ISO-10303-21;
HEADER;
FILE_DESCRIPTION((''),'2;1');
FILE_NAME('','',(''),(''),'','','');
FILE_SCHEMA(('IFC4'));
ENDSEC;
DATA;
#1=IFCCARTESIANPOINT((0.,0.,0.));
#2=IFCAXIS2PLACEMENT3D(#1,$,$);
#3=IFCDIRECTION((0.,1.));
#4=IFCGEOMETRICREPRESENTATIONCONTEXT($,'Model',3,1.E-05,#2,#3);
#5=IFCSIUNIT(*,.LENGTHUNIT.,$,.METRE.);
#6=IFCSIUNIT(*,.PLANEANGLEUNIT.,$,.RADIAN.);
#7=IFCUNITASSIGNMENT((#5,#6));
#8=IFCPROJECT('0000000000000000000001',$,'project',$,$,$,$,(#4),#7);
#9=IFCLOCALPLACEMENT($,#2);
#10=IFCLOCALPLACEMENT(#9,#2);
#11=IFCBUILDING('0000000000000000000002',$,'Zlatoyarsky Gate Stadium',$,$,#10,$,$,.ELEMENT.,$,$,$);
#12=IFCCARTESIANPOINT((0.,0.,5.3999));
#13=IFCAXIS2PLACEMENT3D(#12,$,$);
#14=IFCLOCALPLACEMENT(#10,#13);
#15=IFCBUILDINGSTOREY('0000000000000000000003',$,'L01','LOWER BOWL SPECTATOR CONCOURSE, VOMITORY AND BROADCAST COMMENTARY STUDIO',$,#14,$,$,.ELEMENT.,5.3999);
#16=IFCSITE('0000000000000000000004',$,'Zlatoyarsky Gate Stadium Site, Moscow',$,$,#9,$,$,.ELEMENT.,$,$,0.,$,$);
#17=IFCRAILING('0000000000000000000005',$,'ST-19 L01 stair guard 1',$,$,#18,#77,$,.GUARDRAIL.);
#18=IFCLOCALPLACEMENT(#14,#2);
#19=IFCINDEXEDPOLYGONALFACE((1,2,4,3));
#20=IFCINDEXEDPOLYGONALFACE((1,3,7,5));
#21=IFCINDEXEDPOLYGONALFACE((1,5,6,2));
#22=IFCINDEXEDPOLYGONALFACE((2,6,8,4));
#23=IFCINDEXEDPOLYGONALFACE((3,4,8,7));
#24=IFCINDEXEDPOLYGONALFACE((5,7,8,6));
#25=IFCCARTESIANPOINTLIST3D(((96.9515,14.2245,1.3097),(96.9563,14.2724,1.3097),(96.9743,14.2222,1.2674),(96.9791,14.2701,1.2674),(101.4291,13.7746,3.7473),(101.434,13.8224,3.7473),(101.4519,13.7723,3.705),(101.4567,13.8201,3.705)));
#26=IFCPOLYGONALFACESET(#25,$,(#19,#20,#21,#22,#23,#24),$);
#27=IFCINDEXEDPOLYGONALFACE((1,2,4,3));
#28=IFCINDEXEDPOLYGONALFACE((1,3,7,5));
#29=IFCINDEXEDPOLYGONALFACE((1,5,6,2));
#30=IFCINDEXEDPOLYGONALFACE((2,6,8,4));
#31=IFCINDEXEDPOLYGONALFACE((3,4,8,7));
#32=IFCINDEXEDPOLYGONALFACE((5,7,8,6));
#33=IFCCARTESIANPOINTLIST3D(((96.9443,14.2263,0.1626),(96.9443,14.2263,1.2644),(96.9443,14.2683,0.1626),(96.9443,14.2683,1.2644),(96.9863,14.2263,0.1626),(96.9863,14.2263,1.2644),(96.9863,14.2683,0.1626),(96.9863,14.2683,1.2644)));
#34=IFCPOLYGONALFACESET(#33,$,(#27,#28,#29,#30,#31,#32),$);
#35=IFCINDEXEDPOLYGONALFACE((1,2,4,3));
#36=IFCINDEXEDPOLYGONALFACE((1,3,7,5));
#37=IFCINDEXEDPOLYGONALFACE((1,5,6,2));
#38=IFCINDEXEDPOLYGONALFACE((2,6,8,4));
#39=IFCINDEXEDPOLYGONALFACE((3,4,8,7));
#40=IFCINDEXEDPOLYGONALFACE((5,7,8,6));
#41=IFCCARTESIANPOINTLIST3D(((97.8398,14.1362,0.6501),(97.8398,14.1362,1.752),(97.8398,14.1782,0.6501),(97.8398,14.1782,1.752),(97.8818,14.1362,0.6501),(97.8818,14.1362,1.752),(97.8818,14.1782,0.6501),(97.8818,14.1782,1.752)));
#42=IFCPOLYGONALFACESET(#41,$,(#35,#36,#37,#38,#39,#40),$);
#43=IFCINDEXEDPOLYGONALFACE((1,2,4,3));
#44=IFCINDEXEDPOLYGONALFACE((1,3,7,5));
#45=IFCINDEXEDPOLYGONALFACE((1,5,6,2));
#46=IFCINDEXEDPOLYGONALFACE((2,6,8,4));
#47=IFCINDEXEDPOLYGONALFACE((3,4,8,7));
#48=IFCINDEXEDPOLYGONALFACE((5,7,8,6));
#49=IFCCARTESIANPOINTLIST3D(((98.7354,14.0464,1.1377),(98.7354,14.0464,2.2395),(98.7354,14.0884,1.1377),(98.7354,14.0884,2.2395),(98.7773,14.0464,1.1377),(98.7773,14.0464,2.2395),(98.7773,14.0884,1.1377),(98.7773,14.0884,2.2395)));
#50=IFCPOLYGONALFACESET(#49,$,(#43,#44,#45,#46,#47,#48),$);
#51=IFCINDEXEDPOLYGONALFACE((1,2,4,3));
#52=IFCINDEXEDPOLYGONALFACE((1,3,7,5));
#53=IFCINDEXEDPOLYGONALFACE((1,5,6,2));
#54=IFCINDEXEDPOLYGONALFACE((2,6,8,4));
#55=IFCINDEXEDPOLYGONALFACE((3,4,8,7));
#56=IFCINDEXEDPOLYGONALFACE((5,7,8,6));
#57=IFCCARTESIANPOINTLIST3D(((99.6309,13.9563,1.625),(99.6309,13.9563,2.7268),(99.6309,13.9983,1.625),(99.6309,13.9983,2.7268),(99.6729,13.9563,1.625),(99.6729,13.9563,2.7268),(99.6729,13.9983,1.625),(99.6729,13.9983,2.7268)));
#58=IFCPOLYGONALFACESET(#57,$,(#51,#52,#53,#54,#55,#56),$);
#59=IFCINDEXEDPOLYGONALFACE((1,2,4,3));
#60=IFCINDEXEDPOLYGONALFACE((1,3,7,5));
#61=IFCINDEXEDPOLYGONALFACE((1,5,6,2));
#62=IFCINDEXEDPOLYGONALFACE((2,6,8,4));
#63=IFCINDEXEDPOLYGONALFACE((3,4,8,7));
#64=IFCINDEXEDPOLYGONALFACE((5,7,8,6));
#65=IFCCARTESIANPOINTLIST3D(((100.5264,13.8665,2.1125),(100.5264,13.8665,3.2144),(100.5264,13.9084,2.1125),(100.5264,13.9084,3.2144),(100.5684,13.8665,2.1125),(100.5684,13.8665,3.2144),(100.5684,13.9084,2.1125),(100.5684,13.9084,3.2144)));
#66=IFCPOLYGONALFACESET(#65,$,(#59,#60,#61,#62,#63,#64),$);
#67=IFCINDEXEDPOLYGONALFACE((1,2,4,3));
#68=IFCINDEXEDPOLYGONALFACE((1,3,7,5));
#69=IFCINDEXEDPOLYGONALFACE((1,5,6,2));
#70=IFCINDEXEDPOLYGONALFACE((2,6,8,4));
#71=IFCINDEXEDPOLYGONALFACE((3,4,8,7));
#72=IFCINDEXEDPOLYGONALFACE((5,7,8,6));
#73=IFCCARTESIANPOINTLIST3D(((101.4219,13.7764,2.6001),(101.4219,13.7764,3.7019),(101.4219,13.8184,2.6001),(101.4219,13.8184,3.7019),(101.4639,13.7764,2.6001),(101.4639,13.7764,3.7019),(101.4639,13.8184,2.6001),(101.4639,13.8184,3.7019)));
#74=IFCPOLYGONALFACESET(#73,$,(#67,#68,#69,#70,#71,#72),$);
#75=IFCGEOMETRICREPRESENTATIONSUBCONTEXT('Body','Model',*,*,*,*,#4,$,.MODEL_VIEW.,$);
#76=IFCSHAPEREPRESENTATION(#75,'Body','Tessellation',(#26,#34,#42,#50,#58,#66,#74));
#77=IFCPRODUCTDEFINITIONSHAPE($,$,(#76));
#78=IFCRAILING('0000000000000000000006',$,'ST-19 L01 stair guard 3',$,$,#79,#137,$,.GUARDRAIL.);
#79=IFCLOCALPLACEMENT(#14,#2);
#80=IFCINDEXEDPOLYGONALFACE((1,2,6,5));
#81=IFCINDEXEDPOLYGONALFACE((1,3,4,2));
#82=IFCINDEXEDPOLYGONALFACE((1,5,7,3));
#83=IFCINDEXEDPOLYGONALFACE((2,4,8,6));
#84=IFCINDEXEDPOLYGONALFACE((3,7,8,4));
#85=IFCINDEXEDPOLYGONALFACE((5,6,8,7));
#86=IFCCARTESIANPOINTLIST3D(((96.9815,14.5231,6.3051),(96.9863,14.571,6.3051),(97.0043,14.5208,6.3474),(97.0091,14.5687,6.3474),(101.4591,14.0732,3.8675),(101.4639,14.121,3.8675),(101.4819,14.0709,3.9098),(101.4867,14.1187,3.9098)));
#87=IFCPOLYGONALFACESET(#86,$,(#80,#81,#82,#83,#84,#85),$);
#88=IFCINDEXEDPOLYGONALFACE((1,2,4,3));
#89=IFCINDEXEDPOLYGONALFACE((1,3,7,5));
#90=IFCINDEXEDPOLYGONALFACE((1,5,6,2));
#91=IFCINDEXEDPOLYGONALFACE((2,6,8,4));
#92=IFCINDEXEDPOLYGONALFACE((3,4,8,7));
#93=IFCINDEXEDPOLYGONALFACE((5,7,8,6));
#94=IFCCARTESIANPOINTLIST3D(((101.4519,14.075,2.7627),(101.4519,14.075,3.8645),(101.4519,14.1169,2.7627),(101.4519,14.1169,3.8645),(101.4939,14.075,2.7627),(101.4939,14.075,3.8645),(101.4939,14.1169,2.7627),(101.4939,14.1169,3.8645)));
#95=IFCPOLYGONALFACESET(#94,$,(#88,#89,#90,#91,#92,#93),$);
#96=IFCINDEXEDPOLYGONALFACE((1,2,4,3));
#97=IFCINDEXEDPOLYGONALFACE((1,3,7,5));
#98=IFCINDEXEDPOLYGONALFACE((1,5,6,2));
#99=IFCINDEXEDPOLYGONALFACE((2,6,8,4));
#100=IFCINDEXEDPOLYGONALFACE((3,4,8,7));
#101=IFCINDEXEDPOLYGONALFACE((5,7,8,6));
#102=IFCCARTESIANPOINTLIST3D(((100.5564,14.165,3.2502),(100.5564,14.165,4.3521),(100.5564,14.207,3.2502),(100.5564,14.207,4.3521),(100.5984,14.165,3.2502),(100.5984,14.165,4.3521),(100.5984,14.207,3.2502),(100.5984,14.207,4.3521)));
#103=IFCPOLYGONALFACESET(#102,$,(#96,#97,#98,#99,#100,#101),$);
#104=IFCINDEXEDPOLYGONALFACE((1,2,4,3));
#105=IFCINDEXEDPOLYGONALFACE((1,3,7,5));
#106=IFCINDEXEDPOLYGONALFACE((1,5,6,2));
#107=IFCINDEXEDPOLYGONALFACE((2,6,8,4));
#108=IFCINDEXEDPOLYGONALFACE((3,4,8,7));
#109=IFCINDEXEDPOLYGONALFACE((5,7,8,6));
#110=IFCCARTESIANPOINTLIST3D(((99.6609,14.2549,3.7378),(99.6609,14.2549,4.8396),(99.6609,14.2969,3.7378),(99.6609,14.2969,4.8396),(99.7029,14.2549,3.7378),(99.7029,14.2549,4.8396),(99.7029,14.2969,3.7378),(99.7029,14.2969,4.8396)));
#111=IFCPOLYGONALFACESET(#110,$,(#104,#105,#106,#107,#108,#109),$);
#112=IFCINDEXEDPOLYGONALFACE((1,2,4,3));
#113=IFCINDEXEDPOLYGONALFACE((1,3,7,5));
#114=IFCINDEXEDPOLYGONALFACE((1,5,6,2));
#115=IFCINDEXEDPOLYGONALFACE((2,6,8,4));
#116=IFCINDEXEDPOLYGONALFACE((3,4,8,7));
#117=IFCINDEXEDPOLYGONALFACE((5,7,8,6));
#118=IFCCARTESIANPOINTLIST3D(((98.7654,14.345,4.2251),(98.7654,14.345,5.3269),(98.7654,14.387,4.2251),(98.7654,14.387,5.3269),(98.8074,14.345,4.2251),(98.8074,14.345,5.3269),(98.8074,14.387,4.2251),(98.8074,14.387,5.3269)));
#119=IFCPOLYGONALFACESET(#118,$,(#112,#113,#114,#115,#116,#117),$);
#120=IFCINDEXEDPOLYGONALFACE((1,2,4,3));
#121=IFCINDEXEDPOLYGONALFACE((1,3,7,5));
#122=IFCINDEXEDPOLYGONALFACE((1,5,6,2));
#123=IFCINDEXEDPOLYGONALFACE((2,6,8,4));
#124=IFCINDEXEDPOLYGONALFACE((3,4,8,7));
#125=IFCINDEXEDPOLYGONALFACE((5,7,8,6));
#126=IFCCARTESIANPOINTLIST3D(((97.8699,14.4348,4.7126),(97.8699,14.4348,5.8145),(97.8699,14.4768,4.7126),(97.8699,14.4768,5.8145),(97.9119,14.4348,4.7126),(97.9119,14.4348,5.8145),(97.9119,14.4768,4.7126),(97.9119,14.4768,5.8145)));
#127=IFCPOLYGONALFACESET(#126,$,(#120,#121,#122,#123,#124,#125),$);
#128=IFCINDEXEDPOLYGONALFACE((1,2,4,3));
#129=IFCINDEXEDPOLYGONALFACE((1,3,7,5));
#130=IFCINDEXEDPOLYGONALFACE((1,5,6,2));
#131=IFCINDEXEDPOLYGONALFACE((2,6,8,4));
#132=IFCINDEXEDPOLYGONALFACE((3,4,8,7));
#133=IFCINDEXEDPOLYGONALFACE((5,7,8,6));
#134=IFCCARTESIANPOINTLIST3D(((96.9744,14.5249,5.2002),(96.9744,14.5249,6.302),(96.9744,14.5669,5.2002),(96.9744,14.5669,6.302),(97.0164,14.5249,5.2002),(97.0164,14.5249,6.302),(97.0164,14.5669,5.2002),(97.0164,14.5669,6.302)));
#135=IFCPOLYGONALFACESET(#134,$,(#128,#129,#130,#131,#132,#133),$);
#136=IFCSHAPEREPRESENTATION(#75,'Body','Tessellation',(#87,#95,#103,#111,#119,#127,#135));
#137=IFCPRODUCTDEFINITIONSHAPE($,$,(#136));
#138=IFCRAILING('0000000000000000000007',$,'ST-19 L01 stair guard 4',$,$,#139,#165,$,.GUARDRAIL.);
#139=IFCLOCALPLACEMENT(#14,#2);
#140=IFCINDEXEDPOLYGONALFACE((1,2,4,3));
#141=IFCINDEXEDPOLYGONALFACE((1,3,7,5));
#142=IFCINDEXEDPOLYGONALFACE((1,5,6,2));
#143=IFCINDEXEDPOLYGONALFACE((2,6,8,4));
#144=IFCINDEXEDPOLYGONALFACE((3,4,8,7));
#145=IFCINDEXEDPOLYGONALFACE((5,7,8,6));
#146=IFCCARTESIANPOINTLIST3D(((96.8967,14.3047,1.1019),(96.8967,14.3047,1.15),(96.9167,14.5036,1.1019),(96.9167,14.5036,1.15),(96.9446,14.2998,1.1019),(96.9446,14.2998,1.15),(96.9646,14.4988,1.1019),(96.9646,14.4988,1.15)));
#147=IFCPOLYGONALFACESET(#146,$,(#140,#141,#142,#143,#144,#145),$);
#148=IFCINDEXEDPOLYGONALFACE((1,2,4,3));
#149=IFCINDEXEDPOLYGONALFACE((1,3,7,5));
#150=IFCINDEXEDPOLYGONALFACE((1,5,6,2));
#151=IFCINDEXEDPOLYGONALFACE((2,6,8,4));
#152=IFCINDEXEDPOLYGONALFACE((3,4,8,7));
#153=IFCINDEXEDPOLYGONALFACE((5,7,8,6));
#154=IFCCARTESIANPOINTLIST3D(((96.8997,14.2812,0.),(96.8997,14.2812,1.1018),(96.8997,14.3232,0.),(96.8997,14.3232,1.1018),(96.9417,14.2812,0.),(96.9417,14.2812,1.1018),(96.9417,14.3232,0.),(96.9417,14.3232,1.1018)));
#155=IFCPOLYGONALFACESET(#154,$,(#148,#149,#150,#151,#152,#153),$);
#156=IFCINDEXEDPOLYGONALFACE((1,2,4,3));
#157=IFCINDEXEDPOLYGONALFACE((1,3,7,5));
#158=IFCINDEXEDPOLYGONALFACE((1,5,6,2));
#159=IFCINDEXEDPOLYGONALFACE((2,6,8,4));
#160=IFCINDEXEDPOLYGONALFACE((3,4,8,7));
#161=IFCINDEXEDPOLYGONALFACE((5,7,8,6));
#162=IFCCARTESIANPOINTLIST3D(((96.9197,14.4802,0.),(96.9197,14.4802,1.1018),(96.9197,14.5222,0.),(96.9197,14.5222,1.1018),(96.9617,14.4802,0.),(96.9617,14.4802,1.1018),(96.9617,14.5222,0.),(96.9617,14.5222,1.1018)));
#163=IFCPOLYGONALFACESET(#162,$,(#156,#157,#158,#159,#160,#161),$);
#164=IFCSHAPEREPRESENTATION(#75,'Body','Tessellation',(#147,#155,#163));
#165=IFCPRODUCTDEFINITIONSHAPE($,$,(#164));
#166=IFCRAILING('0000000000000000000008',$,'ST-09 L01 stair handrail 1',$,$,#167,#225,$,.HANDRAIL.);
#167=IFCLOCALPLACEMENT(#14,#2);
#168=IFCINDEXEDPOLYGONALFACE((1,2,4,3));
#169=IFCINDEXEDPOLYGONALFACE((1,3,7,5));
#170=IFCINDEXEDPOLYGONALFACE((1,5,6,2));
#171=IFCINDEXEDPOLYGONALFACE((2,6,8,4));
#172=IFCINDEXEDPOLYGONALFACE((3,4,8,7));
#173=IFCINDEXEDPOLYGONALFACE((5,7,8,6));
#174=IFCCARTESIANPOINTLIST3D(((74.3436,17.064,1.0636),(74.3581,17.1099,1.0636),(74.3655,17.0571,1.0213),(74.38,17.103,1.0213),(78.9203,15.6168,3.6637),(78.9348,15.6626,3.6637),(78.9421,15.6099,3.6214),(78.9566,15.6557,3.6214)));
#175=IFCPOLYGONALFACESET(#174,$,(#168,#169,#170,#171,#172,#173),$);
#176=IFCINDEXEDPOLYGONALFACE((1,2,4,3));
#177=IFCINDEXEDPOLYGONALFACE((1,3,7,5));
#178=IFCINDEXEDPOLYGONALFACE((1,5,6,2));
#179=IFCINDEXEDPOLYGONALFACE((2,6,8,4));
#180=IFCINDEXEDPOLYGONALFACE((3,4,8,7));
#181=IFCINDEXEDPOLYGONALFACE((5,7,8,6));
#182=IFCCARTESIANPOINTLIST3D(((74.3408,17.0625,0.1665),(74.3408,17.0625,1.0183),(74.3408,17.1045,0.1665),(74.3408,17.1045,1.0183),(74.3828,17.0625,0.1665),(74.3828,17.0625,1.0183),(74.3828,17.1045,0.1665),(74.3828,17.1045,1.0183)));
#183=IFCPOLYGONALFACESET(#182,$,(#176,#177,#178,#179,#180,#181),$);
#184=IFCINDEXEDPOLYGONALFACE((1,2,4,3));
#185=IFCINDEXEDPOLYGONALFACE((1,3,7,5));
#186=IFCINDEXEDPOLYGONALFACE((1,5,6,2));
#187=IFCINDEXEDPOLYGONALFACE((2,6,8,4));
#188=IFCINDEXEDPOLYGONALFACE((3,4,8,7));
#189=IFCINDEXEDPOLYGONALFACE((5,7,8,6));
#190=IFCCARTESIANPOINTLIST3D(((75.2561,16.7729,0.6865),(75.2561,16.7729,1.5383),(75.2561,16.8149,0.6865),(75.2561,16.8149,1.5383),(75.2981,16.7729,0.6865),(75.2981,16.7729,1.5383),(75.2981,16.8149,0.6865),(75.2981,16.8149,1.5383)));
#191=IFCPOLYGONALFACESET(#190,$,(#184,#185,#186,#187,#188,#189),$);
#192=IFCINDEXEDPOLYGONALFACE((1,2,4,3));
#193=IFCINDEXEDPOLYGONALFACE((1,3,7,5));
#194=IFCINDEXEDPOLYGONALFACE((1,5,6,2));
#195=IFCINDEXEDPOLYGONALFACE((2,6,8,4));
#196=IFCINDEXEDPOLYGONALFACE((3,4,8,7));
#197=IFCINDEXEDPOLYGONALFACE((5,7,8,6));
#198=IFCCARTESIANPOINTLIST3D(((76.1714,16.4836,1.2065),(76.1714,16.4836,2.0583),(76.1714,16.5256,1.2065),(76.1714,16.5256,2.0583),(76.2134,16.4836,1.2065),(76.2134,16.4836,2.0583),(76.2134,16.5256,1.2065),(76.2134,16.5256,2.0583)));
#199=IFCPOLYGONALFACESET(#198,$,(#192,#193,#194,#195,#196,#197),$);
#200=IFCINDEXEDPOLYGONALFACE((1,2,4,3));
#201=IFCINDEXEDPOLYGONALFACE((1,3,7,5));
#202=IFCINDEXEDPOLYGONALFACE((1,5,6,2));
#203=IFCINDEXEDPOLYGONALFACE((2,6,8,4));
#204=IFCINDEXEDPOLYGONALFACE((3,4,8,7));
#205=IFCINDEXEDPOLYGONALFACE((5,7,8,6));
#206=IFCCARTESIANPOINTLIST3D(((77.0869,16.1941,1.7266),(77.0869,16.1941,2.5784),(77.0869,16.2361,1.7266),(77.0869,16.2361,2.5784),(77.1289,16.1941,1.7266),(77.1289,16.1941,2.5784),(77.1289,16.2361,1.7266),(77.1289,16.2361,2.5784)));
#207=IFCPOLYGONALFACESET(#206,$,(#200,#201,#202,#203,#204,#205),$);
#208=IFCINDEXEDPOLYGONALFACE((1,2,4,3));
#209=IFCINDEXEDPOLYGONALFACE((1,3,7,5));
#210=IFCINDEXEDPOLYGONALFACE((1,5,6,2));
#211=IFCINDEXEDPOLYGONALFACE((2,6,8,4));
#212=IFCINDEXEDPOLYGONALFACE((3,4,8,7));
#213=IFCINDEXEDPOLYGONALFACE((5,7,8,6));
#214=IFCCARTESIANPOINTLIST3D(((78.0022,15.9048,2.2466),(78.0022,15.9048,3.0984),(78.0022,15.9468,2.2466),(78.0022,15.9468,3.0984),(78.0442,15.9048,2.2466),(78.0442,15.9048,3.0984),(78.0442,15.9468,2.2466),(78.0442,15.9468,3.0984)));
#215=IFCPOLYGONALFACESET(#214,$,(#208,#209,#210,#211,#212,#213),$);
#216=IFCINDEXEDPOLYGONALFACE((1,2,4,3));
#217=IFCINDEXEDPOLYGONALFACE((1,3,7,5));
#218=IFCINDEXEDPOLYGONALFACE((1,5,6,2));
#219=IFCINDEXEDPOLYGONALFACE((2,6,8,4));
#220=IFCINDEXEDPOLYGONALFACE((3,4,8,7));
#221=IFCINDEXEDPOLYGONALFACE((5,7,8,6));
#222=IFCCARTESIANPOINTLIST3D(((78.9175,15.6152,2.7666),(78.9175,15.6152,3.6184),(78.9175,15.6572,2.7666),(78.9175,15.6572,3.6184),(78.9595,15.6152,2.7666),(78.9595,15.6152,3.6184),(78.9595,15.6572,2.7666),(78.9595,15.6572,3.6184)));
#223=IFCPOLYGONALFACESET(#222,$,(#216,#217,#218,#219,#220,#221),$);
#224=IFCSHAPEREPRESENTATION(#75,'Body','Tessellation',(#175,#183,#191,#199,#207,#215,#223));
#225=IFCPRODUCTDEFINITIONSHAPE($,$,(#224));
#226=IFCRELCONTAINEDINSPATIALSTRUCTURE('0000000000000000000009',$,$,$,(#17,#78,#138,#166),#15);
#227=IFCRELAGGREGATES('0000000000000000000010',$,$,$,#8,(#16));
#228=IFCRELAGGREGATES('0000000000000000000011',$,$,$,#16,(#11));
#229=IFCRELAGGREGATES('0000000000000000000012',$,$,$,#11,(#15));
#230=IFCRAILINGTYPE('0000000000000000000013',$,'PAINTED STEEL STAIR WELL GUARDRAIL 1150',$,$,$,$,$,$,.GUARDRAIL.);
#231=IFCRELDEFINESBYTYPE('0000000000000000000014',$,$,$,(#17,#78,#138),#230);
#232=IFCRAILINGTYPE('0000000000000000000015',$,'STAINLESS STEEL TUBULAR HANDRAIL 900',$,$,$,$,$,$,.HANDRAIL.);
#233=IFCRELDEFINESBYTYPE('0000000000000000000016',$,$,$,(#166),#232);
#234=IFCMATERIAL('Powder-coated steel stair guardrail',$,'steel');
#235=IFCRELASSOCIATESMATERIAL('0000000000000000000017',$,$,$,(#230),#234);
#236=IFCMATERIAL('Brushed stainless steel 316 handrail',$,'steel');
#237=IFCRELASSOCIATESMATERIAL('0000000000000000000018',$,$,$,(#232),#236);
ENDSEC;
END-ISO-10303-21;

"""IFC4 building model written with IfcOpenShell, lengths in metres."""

from ifc_helpers import new_model, si_unit, direction, frame, origin, origin_2d, place, context, subcontext, project, spatial, rectangle, extrude, material, type_object, element, save


model = new_model("IFC4")

# Units and contexts
model_context = context("Model", 3, precision=1e-05, world=origin(), true_north=direction((0.0, 1.0)))
body_context = subcontext(model_context, "Body", "Model", "MODEL_VIEW")
ifc_project = project(units=[si_unit("LENGTHUNIT", "METRE"), si_unit("PLANEANGLEUNIT", "RADIAN")], contexts=[model_context])

# Site, building, storey
site_placement = place(None, origin())
site = spatial("IfcSite", under=ifc_project, at=site_placement, Name="Zlatoyarsky Gate Stadium Site, Moscow", CompositionType="ELEMENT", RefElevation=0.0)
building_placement = place(site_placement, origin())
building = spatial("IfcBuilding", under=site, at=building_placement, Name="Zlatoyarsky Gate Stadium", CompositionType="ELEMENT")
storey_placement = place(building_placement, frame((0.0, 0.0, 5.3999)))
storey = spatial("IfcBuildingStorey", under=building, at=storey_placement, Name="L01", Description="LOWER BOWL SPECTATOR CONCOURSE, VOMITORY AND BROADCAST COMMENTARY STUDIO", CompositionType="ELEMENT", Elevation=5.3999)

# Railings
ifc_material_1 = material(Name="Powder-coated steel stair guardrail", Category="steel")
railing_type_1 = type_object("IfcRailingType", Name="PAINTED STEEL STAIR WELL GUARDRAIL 1150", PredefinedType="GUARDRAIL", material=ifc_material_1)
railing_1_placement = place(storey_placement, frame((96.9653, 14.2473, 0.1626)))
element("IfcRailing", 1, at=railing_1_placement, inside=storey, type_object=railing_type_1, Name="ST-19 L01 stair guard 1", PredefinedType="GUARDRAIL", context=body_context, shape_type="SweptSolid", body=[
    extrude(rectangle(XDim=0.0481, YDim=0.0481, at=origin_2d()), frame((0.0, 0.0, 1.126), z_axis=(0.87489, -0.087918, 0.476276), x_axis=(0.099987, 0.994989, 0.0)), (0.0, 0.0, 1.0), 5.1179),
    extrude(rectangle(XDim=0.042, YDim=0.042, at=origin_2d()), origin(), (0.0, 0.0, 1.0), 1.1018),
    extrude(rectangle(XDim=0.042, YDim=0.042, at=origin_2d()), frame((0.8955, -0.0901, 0.4875)), (0.0, 0.0, 1.0), 1.1018),
    extrude(rectangle(XDim=0.042, YDim=0.042, at=origin_2d()), frame((1.791, -0.1799, 0.9751)), (0.0, 0.0, 1.0), 1.1018),
    extrude(rectangle(XDim=0.042, YDim=0.042, at=origin_2d()), frame((2.6865, -0.27, 1.4624)), (0.0, 0.0, 1.0), 1.1018),
    extrude(rectangle(XDim=0.042, YDim=0.042, at=origin_2d()), frame((3.582, -0.3599, 1.95)), (0.0, 0.0, 1.0), 1.1018),
    extrude(rectangle(XDim=0.042, YDim=0.042, at=origin_2d()), frame((4.4775, -0.45, 2.4375)), (0.0, 0.0, 1.0), 1.1018),
])
railing_2_placement = place(storey_placement, frame((101.4729, 14.0959, 2.7627)))
element("IfcRailing", 2, at=railing_2_placement, inside=storey, type_object=railing_type_1, Name="ST-19 L01 stair guard 3", PredefinedType="GUARDRAIL", context=body_context, shape_type="SweptSolid", body=[
    extrude(rectangle(XDim=0.0481, YDim=0.0481, at=origin_2d()), frame((0.0, 0.0, 1.126), z_axis=(-0.87489, 0.087918, 0.476276), x_axis=(-0.099987, -0.994989, 0.0)), (0.0, 0.0, 1.0), 5.1179),
    extrude(rectangle(XDim=0.042, YDim=0.042, at=origin_2d()), origin(), (0.0, 0.0, 1.0), 1.1018),
    extrude(rectangle(XDim=0.042, YDim=0.042, at=origin_2d()), frame((-0.8955, 0.0901, 0.4875)), (0.0, 0.0, 1.0), 1.1018),
    extrude(rectangle(XDim=0.042, YDim=0.042, at=origin_2d()), frame((-1.791, 0.1799, 0.9751)), (0.0, 0.0, 1.0), 1.1018),
    extrude(rectangle(XDim=0.042, YDim=0.042, at=origin_2d()), frame((-2.6865, 0.27, 1.4624)), (0.0, 0.0, 1.0), 1.1018),
    extrude(rectangle(XDim=0.042, YDim=0.042, at=origin_2d()), frame((-3.582, 0.3599, 1.95)), (0.0, 0.0, 1.0), 1.1018),
    extrude(rectangle(XDim=0.042, YDim=0.042, at=origin_2d()), frame((-4.4775, 0.45, 2.4375)), (0.0, 0.0, 1.0), 1.1018),
])
railing_3_placement = place(storey_placement, frame((96.9207, 14.3022, 0.0)))
element("IfcRailing", 3, at=railing_3_placement, inside=storey, type_object=railing_type_1, Name="ST-19 L01 stair guard 4", PredefinedType="GUARDRAIL", context=body_context, shape_type="SweptSolid", body=[
    extrude(rectangle(XDim=0.0481, YDim=0.0481, at=origin_2d()), frame((0.0, 0.0, 1.126), z_axis=(0.100108, 0.994977, 0.0), x_axis=(-0.994977, 0.100108, 0.0)), (0.0, 0.0, 1.0), 0.2),
    extrude(rectangle(XDim=0.042, YDim=0.042, at=origin_2d()), origin(), (0.0, 0.0, 1.0), 1.1018),
    extrude(rectangle(XDim=0.042, YDim=0.042, at=origin_2d()), frame((0.02, 0.199, 0.0)), (0.0, 0.0, 1.0), 1.1018),
])
ifc_material_2 = material(Name="Brushed stainless steel 316 handrail", Category="steel")
railing_type_2 = type_object("IfcRailingType", Name="STAINLESS STEEL TUBULAR HANDRAIL 900", PredefinedType="HANDRAIL", material=ifc_material_2)
railing_4_placement = place(storey_placement, frame((74.3618, 17.0835, 0.1665)))
element("IfcRailing", 4, at=railing_4_placement, inside=storey, type_object=railing_type_2, Name="ST-09 L01 stair handrail 1", PredefinedType="HANDRAIL", context=body_context, shape_type="SweptSolid", body=[
    extrude(rectangle(XDim=0.0481, YDim=0.0481, at=origin_2d()), frame((0.0, 0.0, 0.876), z_axis=(0.838367, -0.265115, 0.476294), x_axis=(0.301511, 0.953463, 0.0)), (0.0, 0.0, 1.0), 5.459),
    extrude(rectangle(XDim=0.042, YDim=0.042, at=origin_2d()), origin(), (0.0, 0.0, 1.0), 0.8518),
    extrude(rectangle(XDim=0.042, YDim=0.042, at=origin_2d()), frame((0.9153, -0.2896, 0.52)), (0.0, 0.0, 1.0), 0.8518),
    extrude(rectangle(XDim=0.042, YDim=0.042, at=origin_2d()), frame((1.8306, -0.5789, 1.04)), (0.0, 0.0, 1.0), 0.8518),
    extrude(rectangle(XDim=0.042, YDim=0.042, at=origin_2d()), frame((2.7461, -0.8684, 1.5601)), (0.0, 0.0, 1.0), 0.8518),
    extrude(rectangle(XDim=0.042, YDim=0.042, at=origin_2d()), frame((3.6614, -1.1577, 2.0801)), (0.0, 0.0, 1.0), 0.8518),
    extrude(rectangle(XDim=0.042, YDim=0.042, at=origin_2d()), frame((4.5767, -1.4473, 2.6001)), (0.0, 0.0, 1.0), 0.8518),
])

save(model, "model.ifc")
